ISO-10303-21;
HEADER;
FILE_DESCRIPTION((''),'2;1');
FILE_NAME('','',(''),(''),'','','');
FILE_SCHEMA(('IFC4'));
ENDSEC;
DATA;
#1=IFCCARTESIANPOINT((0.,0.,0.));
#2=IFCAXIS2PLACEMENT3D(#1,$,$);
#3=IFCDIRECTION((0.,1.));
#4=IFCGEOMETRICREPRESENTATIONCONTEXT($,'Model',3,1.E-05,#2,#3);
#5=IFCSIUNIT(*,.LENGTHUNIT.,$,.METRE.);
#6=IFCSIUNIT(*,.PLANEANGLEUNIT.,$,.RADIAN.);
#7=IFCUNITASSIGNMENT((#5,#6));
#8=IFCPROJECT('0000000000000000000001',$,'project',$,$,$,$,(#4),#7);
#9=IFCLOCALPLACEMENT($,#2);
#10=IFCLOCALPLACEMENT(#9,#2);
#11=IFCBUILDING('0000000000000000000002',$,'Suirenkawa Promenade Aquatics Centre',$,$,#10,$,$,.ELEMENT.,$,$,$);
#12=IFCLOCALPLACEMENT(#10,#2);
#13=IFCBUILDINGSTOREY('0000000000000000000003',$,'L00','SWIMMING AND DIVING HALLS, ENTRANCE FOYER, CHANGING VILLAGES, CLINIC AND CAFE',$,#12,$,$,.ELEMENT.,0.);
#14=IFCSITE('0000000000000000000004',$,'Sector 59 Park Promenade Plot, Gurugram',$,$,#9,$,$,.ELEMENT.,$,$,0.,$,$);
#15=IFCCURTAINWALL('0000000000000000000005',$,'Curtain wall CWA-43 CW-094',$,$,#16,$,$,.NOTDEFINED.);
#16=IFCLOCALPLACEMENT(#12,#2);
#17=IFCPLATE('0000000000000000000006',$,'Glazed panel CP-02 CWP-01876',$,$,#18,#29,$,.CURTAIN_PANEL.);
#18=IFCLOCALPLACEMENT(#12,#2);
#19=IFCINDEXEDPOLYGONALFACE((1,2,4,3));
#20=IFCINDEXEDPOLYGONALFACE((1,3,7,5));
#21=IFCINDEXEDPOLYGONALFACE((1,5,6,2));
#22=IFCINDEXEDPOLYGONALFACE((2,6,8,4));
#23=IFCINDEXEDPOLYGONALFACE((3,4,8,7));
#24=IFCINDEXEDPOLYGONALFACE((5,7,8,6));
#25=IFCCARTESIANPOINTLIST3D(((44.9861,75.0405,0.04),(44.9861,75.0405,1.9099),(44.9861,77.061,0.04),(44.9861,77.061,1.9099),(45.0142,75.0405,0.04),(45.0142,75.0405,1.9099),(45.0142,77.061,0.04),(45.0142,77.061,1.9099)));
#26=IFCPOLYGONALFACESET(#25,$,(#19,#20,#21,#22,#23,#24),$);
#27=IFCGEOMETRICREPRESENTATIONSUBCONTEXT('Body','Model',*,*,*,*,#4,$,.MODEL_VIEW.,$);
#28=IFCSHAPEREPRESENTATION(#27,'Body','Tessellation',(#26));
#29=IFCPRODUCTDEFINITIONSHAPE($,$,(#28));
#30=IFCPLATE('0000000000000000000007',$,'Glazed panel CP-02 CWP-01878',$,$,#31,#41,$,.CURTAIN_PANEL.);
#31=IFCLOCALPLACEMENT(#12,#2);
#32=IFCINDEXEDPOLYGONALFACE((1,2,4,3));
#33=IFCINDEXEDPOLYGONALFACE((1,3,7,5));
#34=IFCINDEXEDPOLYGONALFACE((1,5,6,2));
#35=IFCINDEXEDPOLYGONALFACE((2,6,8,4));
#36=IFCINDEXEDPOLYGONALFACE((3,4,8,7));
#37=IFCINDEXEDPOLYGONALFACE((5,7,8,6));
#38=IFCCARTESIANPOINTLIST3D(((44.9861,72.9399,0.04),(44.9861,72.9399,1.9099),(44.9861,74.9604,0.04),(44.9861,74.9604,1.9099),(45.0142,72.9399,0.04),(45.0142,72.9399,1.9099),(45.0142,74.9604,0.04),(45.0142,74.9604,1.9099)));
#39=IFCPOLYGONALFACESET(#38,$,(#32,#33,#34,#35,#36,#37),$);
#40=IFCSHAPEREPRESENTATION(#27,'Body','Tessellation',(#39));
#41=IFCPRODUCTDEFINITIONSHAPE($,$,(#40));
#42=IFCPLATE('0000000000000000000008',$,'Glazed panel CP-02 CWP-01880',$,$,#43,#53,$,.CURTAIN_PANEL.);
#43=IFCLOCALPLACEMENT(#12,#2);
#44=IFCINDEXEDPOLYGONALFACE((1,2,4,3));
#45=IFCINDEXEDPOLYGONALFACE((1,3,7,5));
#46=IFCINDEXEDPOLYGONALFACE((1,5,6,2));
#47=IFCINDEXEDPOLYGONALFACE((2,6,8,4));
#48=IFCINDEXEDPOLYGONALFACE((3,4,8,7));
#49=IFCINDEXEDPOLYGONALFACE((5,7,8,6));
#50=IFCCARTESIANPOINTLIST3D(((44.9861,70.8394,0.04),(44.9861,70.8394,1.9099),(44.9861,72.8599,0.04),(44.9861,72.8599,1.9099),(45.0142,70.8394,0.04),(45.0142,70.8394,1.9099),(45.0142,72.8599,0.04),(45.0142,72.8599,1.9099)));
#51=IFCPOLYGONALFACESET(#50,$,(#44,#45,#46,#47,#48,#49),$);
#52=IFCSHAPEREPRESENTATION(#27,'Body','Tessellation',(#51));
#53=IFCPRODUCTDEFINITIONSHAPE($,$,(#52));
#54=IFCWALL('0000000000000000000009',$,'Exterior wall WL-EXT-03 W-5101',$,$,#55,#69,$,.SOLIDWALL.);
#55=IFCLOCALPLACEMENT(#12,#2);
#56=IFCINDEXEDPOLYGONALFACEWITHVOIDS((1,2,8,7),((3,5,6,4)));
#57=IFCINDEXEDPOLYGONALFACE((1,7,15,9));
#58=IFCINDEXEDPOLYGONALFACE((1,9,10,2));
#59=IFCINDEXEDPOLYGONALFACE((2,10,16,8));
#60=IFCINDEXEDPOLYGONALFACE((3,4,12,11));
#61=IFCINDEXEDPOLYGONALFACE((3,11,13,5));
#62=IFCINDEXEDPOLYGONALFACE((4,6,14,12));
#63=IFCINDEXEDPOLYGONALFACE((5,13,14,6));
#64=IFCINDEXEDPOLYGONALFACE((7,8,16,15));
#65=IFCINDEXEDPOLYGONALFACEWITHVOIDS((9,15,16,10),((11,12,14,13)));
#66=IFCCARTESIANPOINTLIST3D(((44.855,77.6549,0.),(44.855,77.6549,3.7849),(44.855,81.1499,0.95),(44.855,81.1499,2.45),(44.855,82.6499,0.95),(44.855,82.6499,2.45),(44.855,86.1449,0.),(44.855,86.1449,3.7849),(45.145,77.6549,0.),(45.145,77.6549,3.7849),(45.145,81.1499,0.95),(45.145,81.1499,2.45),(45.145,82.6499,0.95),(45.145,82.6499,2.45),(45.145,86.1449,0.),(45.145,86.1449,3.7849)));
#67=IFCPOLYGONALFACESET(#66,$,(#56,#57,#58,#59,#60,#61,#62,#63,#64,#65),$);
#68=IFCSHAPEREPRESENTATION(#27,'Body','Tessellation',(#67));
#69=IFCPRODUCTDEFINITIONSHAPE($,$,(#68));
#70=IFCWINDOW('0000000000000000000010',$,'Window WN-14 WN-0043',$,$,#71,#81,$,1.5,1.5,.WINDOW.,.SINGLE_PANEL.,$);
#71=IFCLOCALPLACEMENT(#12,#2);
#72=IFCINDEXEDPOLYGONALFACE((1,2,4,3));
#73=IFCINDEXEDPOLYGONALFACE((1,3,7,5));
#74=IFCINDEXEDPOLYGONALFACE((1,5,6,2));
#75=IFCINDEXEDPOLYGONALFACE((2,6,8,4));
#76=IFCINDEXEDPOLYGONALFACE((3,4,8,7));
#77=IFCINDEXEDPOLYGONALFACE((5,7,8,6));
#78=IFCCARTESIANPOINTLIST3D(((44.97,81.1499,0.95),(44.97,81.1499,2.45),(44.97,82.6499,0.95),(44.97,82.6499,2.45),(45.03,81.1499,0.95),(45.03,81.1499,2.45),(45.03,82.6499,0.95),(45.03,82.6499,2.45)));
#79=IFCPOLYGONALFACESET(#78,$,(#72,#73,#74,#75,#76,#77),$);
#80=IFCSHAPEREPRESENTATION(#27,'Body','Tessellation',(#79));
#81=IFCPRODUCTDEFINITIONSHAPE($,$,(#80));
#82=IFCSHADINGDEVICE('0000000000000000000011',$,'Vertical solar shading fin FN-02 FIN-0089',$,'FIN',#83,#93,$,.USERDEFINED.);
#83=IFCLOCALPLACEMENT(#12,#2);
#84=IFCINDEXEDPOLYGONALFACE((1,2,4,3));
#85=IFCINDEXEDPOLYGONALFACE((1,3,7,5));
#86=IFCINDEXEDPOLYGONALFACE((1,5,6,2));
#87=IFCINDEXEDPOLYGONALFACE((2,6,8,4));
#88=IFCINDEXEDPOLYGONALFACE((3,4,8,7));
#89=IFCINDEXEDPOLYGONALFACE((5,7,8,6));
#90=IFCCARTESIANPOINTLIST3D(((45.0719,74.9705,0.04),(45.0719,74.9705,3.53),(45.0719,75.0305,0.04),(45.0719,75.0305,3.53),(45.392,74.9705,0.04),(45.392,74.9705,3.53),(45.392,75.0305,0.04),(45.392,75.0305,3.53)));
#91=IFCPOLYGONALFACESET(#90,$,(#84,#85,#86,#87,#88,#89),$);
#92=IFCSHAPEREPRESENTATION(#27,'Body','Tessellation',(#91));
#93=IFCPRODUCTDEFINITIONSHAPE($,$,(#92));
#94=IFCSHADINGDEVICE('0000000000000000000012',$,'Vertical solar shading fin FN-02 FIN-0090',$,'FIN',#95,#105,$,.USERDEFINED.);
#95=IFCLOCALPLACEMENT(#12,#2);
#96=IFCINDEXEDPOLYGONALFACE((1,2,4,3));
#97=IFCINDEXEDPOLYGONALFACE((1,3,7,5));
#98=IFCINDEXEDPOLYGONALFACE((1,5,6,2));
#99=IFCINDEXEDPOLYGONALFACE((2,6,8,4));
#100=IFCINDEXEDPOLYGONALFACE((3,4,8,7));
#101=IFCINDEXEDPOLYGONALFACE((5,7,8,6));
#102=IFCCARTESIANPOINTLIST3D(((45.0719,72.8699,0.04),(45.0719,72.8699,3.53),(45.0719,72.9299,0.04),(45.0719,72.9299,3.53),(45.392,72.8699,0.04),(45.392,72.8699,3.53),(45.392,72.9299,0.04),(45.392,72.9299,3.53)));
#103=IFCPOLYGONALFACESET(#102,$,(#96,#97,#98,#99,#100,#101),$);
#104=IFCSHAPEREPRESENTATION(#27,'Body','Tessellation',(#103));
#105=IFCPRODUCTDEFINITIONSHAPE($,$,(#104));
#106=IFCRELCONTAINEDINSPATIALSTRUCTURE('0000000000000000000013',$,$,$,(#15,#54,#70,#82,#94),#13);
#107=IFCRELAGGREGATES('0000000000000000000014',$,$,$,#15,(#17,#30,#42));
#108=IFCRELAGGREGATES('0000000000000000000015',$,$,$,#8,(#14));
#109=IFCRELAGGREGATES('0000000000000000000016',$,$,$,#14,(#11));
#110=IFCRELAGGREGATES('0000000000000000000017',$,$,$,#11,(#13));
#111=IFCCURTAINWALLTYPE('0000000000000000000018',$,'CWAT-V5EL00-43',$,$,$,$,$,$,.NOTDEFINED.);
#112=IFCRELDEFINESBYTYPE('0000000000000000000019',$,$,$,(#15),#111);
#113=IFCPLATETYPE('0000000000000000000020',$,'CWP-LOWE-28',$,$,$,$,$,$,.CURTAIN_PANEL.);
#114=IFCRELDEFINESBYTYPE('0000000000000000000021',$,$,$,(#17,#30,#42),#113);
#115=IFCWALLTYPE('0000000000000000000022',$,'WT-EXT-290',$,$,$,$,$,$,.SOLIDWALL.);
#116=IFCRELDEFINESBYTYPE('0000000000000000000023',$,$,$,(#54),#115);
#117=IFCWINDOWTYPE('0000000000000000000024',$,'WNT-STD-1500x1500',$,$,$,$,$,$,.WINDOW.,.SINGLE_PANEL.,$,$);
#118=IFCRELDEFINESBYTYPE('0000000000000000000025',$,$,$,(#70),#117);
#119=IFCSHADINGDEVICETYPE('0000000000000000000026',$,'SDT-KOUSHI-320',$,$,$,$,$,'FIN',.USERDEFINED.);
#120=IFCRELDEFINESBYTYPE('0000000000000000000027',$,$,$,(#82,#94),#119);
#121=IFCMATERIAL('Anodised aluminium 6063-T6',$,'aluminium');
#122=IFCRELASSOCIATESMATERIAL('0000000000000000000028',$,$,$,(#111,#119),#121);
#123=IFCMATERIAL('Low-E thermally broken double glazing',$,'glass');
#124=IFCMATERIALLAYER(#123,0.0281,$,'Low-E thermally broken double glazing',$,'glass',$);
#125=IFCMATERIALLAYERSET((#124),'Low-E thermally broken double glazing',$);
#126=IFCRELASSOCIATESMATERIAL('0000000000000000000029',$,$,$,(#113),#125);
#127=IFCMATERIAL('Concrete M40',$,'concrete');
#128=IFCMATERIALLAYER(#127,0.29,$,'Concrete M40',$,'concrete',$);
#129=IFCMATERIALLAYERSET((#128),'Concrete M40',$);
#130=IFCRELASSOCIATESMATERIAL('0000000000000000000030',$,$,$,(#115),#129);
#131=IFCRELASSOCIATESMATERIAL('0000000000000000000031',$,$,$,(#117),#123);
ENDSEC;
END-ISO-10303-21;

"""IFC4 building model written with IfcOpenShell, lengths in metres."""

from ifc_helpers import new_model, si_unit, direction, frame, frame_2d, origin, origin_2d, place, context, subcontext, project, spatial, polyline, rectangle, outline, extrude, material, layer, layer_set, type_object, element, fill, aggregate, save


model = new_model("IFC4")

# Units and contexts
model_context = context("Model", 3, precision=1e-05, world=origin(), true_north=direction((0.0, 1.0)))
body_context = subcontext(model_context, "Body", "Model", "MODEL_VIEW")
ifc_project = project(units=[si_unit("LENGTHUNIT", "METRE"), si_unit("PLANEANGLEUNIT", "RADIAN")], contexts=[model_context])

# Site, building, storey
site_placement = place(None, origin())
site = spatial("IfcSite", under=ifc_project, at=site_placement, Name="Sector 59 Park Promenade Plot, Gurugram", CompositionType="ELEMENT", RefElevation=0.0)
building_placement = place(site_placement, origin())
building = spatial("IfcBuilding", under=site, at=building_placement, Name="Suirenkawa Promenade Aquatics Centre", CompositionType="ELEMENT")
storey_placement = place(building_placement, origin())
storey = spatial("IfcBuildingStorey", under=building, at=storey_placement, Name="L00", Description="SWIMMING AND DIVING HALLS, ENTRANCE FOYER, CHANGING VILLAGES, CLINIC AND CAFE", CompositionType="ELEMENT", Elevation=0.0)

# Shared definitions
ifc_material_1 = material(Name="Concrete M40", Category="concrete")

# Curtain wall, plates
ifc_material_2 = material(Name="Anodised aluminium 6063-T6", Category="aluminium")
curtain_wall_type = type_object("IfcCurtainWallType", Name="CWAT-V5EL00-43", PredefinedType="NOTDEFINED", material=ifc_material_2)
curtain_wall_placement = place(storey_placement, origin())
curtain_wall = element("IfcCurtainWall", 1, at=curtain_wall_placement, inside=storey, type_object=curtain_wall_type, Name="Curtain wall CWA-43 CW-094", PredefinedType="NOTDEFINED")
ifc_material_3 = material(Name="Low-E thermally broken double glazing", Category="glass")
ifc_layer_1 = layer(ifc_material_3, 0.0281, Name="Low-E thermally broken double glazing", Category="glass")
ifc_layer_set_1 = layer_set([ifc_layer_1], Name="Low-E thermally broken double glazing")
plate_type = type_object("IfcPlateType", Name="CWP-LOWE-28", PredefinedType="CURTAIN_PANEL", material=ifc_layer_set_1)
plate_1_placement = place(storey_placement, frame((45.0, 77.1011, 0.04), z_axis=(0.0, 0.0, 1.0), x_axis=(0.0, -1.0, 0.0)))
plate_1 = element("IfcPlate", 2, at=plate_1_placement, type_object=plate_type, Name="Glazed panel CP-02 CWP-01876", PredefinedType="CURTAIN_PANEL", context=body_context, shape_type="SweptSolid", body=[
    extrude(outline(polyline([(0.04, 0.0), (2.0605, 0.0), (2.0605, 1.8699), (0.04, 1.8699), (0.04, 0.0)])), frame((0.0, 0.0142, 0.0), z_axis=(0.0, -1.0, 0.0), x_axis=(1.0, 0.0, 0.0)), (0.0, 0.0, 1.0), 0.0281),
])
plate_2_placement = place(storey_placement, frame((45.0, 75.0005, 0.04), z_axis=(0.0, 0.0, 1.0), x_axis=(0.0, -1.0, 0.0)))
plate_2 = element("IfcPlate", 3, at=plate_2_placement, type_object=plate_type, Name="Glazed panel CP-02 CWP-01878", PredefinedType="CURTAIN_PANEL", context=body_context, shape_type="SweptSolid", body=[
    extrude(outline(polyline([(0.04, 0.0), (2.0605, 0.0), (2.0605, 1.8699), (0.04, 1.8699), (0.04, 0.0)])), frame((0.0, 0.0142, 0.0), z_axis=(0.0, -1.0, 0.0), x_axis=(1.0, 0.0, 0.0)), (0.0, 0.0, 1.0), 0.0281),
])
plate_3_placement = place(storey_placement, frame((45.0, 72.8999, 0.04), z_axis=(0.0, 0.0, 1.0), x_axis=(0.0, -1.0, 0.0)))
plate_3 = element("IfcPlate", 4, at=plate_3_placement, type_object=plate_type, Name="Glazed panel CP-02 CWP-01880", PredefinedType="CURTAIN_PANEL", context=body_context, shape_type="SweptSolid", body=[
    extrude(outline(polyline([(0.04, 0.0), (2.0605, 0.0), (2.0605, 1.8699), (0.04, 1.8699), (0.04, 0.0)])), frame((0.0, 0.0142, 0.0), z_axis=(0.0, -1.0, 0.0), x_axis=(1.0, 0.0, 0.0)), (0.0, 0.0, 1.0), 0.0281),
])
aggregate(curtain_wall, [plate_1, plate_2, plate_3])

# Wall, opening, window
ifc_layer_2 = layer(ifc_material_1, 0.29, Name="Concrete M40", Category="concrete")
ifc_layer_set_2 = layer_set([ifc_layer_2], Name="Concrete M40")
wall_type = type_object("IfcWallType", Name="WT-EXT-290", PredefinedType="SOLIDWALL", material=ifc_layer_set_2)
wall_placement = place(storey_placement, frame((45.0, 86.145, 0.0), z_axis=(0.0, 0.0, 1.0), x_axis=(0.0, -1.0, 0.0)))
wall = element("IfcWall", 5, at=wall_placement, inside=storey, type_object=wall_type, Name="Exterior wall WL-EXT-03 W-5101", PredefinedType="SOLIDWALL", context=body_context, shape_type="SweptSolid", body=[
    extrude(rectangle(XDim=8.49, YDim=0.29, at=frame_2d((4.2451, 0.0))), origin(), (0.0, 0.0, 1.0), 3.7849),
])
opening_placement = place(wall_placement, frame((3.4951, 0.0, 0.95)))
opening = element("IfcOpeningElement", 6, at=opening_placement, cuts=wall, PredefinedType="OPENING", context=body_context, shape_type="SweptSolid", body=[
    extrude(rectangle(XDim=1.5, YDim=1.5, at=frame_2d((0.75, 0.75))), frame((0.0, 0.155, 0.0), z_axis=(0.0, -1.0, 0.0), x_axis=(1.0, 0.0, 0.0)), (0.0, 0.0, 1.0), 0.3101),
])
window_type = type_object("IfcWindowType", Name="WNT-STD-1500x1500", PartitioningType="SINGLE_PANEL", PredefinedType="WINDOW", material=ifc_material_3)
window_placement = place(opening_placement, origin())
window = element("IfcWindow", 7, at=window_placement, inside=storey, type_object=window_type, Name="Window WN-14 WN-0043", OverallHeight=1.5, OverallWidth=1.5, PartitioningType="SINGLE_PANEL", PredefinedType="WINDOW", context=body_context, shape_type="SweptSolid", body=[
    extrude(rectangle(XDim=1.5, YDim=1.5, at=frame_2d((0.75, 0.75))), frame((0.0, 0.03, 0.0), z_axis=(0.0, -1.0, 0.0), x_axis=(1.0, 0.0, 0.0)), (0.0, 0.0, 1.0), 0.0601),
])
fill(opening, window)

# Shading devices
shading_device_type = type_object("IfcShadingDeviceType", Name="SDT-KOUSHI-320", ElementType="FIN", PredefinedType="USERDEFINED", material=ifc_material_2)
for number, where, z_axis, x_axis, name in (
    (8, (45.2319, 75.0005, 0.04), (0.0, 0.0, 1.0), (1.0, 0.0, 0.0), "Vertical solar shading fin FN-02 FIN-0089"),
    (9, (45.2319, 72.8999, 0.04), (0.0, 0.0, 1.0), (1.0, 0.0, 0.0), "Vertical solar shading fin FN-02 FIN-0090"),
):
    element("IfcShadingDevice", number, at=place(storey_placement, frame(where, z_axis=z_axis, x_axis=x_axis)), inside=storey, type_object=shading_device_type, Name=name, ObjectType="FIN", PredefinedType="USERDEFINED", context=body_context, shape_type="SweptSolid", body=[
        extrude(rectangle(XDim=0.3201, YDim=0.0601, at=origin_2d()), origin(), (0.0, 0.0, 1.0), 3.49),
    ])

save(model, "model.ifc")
